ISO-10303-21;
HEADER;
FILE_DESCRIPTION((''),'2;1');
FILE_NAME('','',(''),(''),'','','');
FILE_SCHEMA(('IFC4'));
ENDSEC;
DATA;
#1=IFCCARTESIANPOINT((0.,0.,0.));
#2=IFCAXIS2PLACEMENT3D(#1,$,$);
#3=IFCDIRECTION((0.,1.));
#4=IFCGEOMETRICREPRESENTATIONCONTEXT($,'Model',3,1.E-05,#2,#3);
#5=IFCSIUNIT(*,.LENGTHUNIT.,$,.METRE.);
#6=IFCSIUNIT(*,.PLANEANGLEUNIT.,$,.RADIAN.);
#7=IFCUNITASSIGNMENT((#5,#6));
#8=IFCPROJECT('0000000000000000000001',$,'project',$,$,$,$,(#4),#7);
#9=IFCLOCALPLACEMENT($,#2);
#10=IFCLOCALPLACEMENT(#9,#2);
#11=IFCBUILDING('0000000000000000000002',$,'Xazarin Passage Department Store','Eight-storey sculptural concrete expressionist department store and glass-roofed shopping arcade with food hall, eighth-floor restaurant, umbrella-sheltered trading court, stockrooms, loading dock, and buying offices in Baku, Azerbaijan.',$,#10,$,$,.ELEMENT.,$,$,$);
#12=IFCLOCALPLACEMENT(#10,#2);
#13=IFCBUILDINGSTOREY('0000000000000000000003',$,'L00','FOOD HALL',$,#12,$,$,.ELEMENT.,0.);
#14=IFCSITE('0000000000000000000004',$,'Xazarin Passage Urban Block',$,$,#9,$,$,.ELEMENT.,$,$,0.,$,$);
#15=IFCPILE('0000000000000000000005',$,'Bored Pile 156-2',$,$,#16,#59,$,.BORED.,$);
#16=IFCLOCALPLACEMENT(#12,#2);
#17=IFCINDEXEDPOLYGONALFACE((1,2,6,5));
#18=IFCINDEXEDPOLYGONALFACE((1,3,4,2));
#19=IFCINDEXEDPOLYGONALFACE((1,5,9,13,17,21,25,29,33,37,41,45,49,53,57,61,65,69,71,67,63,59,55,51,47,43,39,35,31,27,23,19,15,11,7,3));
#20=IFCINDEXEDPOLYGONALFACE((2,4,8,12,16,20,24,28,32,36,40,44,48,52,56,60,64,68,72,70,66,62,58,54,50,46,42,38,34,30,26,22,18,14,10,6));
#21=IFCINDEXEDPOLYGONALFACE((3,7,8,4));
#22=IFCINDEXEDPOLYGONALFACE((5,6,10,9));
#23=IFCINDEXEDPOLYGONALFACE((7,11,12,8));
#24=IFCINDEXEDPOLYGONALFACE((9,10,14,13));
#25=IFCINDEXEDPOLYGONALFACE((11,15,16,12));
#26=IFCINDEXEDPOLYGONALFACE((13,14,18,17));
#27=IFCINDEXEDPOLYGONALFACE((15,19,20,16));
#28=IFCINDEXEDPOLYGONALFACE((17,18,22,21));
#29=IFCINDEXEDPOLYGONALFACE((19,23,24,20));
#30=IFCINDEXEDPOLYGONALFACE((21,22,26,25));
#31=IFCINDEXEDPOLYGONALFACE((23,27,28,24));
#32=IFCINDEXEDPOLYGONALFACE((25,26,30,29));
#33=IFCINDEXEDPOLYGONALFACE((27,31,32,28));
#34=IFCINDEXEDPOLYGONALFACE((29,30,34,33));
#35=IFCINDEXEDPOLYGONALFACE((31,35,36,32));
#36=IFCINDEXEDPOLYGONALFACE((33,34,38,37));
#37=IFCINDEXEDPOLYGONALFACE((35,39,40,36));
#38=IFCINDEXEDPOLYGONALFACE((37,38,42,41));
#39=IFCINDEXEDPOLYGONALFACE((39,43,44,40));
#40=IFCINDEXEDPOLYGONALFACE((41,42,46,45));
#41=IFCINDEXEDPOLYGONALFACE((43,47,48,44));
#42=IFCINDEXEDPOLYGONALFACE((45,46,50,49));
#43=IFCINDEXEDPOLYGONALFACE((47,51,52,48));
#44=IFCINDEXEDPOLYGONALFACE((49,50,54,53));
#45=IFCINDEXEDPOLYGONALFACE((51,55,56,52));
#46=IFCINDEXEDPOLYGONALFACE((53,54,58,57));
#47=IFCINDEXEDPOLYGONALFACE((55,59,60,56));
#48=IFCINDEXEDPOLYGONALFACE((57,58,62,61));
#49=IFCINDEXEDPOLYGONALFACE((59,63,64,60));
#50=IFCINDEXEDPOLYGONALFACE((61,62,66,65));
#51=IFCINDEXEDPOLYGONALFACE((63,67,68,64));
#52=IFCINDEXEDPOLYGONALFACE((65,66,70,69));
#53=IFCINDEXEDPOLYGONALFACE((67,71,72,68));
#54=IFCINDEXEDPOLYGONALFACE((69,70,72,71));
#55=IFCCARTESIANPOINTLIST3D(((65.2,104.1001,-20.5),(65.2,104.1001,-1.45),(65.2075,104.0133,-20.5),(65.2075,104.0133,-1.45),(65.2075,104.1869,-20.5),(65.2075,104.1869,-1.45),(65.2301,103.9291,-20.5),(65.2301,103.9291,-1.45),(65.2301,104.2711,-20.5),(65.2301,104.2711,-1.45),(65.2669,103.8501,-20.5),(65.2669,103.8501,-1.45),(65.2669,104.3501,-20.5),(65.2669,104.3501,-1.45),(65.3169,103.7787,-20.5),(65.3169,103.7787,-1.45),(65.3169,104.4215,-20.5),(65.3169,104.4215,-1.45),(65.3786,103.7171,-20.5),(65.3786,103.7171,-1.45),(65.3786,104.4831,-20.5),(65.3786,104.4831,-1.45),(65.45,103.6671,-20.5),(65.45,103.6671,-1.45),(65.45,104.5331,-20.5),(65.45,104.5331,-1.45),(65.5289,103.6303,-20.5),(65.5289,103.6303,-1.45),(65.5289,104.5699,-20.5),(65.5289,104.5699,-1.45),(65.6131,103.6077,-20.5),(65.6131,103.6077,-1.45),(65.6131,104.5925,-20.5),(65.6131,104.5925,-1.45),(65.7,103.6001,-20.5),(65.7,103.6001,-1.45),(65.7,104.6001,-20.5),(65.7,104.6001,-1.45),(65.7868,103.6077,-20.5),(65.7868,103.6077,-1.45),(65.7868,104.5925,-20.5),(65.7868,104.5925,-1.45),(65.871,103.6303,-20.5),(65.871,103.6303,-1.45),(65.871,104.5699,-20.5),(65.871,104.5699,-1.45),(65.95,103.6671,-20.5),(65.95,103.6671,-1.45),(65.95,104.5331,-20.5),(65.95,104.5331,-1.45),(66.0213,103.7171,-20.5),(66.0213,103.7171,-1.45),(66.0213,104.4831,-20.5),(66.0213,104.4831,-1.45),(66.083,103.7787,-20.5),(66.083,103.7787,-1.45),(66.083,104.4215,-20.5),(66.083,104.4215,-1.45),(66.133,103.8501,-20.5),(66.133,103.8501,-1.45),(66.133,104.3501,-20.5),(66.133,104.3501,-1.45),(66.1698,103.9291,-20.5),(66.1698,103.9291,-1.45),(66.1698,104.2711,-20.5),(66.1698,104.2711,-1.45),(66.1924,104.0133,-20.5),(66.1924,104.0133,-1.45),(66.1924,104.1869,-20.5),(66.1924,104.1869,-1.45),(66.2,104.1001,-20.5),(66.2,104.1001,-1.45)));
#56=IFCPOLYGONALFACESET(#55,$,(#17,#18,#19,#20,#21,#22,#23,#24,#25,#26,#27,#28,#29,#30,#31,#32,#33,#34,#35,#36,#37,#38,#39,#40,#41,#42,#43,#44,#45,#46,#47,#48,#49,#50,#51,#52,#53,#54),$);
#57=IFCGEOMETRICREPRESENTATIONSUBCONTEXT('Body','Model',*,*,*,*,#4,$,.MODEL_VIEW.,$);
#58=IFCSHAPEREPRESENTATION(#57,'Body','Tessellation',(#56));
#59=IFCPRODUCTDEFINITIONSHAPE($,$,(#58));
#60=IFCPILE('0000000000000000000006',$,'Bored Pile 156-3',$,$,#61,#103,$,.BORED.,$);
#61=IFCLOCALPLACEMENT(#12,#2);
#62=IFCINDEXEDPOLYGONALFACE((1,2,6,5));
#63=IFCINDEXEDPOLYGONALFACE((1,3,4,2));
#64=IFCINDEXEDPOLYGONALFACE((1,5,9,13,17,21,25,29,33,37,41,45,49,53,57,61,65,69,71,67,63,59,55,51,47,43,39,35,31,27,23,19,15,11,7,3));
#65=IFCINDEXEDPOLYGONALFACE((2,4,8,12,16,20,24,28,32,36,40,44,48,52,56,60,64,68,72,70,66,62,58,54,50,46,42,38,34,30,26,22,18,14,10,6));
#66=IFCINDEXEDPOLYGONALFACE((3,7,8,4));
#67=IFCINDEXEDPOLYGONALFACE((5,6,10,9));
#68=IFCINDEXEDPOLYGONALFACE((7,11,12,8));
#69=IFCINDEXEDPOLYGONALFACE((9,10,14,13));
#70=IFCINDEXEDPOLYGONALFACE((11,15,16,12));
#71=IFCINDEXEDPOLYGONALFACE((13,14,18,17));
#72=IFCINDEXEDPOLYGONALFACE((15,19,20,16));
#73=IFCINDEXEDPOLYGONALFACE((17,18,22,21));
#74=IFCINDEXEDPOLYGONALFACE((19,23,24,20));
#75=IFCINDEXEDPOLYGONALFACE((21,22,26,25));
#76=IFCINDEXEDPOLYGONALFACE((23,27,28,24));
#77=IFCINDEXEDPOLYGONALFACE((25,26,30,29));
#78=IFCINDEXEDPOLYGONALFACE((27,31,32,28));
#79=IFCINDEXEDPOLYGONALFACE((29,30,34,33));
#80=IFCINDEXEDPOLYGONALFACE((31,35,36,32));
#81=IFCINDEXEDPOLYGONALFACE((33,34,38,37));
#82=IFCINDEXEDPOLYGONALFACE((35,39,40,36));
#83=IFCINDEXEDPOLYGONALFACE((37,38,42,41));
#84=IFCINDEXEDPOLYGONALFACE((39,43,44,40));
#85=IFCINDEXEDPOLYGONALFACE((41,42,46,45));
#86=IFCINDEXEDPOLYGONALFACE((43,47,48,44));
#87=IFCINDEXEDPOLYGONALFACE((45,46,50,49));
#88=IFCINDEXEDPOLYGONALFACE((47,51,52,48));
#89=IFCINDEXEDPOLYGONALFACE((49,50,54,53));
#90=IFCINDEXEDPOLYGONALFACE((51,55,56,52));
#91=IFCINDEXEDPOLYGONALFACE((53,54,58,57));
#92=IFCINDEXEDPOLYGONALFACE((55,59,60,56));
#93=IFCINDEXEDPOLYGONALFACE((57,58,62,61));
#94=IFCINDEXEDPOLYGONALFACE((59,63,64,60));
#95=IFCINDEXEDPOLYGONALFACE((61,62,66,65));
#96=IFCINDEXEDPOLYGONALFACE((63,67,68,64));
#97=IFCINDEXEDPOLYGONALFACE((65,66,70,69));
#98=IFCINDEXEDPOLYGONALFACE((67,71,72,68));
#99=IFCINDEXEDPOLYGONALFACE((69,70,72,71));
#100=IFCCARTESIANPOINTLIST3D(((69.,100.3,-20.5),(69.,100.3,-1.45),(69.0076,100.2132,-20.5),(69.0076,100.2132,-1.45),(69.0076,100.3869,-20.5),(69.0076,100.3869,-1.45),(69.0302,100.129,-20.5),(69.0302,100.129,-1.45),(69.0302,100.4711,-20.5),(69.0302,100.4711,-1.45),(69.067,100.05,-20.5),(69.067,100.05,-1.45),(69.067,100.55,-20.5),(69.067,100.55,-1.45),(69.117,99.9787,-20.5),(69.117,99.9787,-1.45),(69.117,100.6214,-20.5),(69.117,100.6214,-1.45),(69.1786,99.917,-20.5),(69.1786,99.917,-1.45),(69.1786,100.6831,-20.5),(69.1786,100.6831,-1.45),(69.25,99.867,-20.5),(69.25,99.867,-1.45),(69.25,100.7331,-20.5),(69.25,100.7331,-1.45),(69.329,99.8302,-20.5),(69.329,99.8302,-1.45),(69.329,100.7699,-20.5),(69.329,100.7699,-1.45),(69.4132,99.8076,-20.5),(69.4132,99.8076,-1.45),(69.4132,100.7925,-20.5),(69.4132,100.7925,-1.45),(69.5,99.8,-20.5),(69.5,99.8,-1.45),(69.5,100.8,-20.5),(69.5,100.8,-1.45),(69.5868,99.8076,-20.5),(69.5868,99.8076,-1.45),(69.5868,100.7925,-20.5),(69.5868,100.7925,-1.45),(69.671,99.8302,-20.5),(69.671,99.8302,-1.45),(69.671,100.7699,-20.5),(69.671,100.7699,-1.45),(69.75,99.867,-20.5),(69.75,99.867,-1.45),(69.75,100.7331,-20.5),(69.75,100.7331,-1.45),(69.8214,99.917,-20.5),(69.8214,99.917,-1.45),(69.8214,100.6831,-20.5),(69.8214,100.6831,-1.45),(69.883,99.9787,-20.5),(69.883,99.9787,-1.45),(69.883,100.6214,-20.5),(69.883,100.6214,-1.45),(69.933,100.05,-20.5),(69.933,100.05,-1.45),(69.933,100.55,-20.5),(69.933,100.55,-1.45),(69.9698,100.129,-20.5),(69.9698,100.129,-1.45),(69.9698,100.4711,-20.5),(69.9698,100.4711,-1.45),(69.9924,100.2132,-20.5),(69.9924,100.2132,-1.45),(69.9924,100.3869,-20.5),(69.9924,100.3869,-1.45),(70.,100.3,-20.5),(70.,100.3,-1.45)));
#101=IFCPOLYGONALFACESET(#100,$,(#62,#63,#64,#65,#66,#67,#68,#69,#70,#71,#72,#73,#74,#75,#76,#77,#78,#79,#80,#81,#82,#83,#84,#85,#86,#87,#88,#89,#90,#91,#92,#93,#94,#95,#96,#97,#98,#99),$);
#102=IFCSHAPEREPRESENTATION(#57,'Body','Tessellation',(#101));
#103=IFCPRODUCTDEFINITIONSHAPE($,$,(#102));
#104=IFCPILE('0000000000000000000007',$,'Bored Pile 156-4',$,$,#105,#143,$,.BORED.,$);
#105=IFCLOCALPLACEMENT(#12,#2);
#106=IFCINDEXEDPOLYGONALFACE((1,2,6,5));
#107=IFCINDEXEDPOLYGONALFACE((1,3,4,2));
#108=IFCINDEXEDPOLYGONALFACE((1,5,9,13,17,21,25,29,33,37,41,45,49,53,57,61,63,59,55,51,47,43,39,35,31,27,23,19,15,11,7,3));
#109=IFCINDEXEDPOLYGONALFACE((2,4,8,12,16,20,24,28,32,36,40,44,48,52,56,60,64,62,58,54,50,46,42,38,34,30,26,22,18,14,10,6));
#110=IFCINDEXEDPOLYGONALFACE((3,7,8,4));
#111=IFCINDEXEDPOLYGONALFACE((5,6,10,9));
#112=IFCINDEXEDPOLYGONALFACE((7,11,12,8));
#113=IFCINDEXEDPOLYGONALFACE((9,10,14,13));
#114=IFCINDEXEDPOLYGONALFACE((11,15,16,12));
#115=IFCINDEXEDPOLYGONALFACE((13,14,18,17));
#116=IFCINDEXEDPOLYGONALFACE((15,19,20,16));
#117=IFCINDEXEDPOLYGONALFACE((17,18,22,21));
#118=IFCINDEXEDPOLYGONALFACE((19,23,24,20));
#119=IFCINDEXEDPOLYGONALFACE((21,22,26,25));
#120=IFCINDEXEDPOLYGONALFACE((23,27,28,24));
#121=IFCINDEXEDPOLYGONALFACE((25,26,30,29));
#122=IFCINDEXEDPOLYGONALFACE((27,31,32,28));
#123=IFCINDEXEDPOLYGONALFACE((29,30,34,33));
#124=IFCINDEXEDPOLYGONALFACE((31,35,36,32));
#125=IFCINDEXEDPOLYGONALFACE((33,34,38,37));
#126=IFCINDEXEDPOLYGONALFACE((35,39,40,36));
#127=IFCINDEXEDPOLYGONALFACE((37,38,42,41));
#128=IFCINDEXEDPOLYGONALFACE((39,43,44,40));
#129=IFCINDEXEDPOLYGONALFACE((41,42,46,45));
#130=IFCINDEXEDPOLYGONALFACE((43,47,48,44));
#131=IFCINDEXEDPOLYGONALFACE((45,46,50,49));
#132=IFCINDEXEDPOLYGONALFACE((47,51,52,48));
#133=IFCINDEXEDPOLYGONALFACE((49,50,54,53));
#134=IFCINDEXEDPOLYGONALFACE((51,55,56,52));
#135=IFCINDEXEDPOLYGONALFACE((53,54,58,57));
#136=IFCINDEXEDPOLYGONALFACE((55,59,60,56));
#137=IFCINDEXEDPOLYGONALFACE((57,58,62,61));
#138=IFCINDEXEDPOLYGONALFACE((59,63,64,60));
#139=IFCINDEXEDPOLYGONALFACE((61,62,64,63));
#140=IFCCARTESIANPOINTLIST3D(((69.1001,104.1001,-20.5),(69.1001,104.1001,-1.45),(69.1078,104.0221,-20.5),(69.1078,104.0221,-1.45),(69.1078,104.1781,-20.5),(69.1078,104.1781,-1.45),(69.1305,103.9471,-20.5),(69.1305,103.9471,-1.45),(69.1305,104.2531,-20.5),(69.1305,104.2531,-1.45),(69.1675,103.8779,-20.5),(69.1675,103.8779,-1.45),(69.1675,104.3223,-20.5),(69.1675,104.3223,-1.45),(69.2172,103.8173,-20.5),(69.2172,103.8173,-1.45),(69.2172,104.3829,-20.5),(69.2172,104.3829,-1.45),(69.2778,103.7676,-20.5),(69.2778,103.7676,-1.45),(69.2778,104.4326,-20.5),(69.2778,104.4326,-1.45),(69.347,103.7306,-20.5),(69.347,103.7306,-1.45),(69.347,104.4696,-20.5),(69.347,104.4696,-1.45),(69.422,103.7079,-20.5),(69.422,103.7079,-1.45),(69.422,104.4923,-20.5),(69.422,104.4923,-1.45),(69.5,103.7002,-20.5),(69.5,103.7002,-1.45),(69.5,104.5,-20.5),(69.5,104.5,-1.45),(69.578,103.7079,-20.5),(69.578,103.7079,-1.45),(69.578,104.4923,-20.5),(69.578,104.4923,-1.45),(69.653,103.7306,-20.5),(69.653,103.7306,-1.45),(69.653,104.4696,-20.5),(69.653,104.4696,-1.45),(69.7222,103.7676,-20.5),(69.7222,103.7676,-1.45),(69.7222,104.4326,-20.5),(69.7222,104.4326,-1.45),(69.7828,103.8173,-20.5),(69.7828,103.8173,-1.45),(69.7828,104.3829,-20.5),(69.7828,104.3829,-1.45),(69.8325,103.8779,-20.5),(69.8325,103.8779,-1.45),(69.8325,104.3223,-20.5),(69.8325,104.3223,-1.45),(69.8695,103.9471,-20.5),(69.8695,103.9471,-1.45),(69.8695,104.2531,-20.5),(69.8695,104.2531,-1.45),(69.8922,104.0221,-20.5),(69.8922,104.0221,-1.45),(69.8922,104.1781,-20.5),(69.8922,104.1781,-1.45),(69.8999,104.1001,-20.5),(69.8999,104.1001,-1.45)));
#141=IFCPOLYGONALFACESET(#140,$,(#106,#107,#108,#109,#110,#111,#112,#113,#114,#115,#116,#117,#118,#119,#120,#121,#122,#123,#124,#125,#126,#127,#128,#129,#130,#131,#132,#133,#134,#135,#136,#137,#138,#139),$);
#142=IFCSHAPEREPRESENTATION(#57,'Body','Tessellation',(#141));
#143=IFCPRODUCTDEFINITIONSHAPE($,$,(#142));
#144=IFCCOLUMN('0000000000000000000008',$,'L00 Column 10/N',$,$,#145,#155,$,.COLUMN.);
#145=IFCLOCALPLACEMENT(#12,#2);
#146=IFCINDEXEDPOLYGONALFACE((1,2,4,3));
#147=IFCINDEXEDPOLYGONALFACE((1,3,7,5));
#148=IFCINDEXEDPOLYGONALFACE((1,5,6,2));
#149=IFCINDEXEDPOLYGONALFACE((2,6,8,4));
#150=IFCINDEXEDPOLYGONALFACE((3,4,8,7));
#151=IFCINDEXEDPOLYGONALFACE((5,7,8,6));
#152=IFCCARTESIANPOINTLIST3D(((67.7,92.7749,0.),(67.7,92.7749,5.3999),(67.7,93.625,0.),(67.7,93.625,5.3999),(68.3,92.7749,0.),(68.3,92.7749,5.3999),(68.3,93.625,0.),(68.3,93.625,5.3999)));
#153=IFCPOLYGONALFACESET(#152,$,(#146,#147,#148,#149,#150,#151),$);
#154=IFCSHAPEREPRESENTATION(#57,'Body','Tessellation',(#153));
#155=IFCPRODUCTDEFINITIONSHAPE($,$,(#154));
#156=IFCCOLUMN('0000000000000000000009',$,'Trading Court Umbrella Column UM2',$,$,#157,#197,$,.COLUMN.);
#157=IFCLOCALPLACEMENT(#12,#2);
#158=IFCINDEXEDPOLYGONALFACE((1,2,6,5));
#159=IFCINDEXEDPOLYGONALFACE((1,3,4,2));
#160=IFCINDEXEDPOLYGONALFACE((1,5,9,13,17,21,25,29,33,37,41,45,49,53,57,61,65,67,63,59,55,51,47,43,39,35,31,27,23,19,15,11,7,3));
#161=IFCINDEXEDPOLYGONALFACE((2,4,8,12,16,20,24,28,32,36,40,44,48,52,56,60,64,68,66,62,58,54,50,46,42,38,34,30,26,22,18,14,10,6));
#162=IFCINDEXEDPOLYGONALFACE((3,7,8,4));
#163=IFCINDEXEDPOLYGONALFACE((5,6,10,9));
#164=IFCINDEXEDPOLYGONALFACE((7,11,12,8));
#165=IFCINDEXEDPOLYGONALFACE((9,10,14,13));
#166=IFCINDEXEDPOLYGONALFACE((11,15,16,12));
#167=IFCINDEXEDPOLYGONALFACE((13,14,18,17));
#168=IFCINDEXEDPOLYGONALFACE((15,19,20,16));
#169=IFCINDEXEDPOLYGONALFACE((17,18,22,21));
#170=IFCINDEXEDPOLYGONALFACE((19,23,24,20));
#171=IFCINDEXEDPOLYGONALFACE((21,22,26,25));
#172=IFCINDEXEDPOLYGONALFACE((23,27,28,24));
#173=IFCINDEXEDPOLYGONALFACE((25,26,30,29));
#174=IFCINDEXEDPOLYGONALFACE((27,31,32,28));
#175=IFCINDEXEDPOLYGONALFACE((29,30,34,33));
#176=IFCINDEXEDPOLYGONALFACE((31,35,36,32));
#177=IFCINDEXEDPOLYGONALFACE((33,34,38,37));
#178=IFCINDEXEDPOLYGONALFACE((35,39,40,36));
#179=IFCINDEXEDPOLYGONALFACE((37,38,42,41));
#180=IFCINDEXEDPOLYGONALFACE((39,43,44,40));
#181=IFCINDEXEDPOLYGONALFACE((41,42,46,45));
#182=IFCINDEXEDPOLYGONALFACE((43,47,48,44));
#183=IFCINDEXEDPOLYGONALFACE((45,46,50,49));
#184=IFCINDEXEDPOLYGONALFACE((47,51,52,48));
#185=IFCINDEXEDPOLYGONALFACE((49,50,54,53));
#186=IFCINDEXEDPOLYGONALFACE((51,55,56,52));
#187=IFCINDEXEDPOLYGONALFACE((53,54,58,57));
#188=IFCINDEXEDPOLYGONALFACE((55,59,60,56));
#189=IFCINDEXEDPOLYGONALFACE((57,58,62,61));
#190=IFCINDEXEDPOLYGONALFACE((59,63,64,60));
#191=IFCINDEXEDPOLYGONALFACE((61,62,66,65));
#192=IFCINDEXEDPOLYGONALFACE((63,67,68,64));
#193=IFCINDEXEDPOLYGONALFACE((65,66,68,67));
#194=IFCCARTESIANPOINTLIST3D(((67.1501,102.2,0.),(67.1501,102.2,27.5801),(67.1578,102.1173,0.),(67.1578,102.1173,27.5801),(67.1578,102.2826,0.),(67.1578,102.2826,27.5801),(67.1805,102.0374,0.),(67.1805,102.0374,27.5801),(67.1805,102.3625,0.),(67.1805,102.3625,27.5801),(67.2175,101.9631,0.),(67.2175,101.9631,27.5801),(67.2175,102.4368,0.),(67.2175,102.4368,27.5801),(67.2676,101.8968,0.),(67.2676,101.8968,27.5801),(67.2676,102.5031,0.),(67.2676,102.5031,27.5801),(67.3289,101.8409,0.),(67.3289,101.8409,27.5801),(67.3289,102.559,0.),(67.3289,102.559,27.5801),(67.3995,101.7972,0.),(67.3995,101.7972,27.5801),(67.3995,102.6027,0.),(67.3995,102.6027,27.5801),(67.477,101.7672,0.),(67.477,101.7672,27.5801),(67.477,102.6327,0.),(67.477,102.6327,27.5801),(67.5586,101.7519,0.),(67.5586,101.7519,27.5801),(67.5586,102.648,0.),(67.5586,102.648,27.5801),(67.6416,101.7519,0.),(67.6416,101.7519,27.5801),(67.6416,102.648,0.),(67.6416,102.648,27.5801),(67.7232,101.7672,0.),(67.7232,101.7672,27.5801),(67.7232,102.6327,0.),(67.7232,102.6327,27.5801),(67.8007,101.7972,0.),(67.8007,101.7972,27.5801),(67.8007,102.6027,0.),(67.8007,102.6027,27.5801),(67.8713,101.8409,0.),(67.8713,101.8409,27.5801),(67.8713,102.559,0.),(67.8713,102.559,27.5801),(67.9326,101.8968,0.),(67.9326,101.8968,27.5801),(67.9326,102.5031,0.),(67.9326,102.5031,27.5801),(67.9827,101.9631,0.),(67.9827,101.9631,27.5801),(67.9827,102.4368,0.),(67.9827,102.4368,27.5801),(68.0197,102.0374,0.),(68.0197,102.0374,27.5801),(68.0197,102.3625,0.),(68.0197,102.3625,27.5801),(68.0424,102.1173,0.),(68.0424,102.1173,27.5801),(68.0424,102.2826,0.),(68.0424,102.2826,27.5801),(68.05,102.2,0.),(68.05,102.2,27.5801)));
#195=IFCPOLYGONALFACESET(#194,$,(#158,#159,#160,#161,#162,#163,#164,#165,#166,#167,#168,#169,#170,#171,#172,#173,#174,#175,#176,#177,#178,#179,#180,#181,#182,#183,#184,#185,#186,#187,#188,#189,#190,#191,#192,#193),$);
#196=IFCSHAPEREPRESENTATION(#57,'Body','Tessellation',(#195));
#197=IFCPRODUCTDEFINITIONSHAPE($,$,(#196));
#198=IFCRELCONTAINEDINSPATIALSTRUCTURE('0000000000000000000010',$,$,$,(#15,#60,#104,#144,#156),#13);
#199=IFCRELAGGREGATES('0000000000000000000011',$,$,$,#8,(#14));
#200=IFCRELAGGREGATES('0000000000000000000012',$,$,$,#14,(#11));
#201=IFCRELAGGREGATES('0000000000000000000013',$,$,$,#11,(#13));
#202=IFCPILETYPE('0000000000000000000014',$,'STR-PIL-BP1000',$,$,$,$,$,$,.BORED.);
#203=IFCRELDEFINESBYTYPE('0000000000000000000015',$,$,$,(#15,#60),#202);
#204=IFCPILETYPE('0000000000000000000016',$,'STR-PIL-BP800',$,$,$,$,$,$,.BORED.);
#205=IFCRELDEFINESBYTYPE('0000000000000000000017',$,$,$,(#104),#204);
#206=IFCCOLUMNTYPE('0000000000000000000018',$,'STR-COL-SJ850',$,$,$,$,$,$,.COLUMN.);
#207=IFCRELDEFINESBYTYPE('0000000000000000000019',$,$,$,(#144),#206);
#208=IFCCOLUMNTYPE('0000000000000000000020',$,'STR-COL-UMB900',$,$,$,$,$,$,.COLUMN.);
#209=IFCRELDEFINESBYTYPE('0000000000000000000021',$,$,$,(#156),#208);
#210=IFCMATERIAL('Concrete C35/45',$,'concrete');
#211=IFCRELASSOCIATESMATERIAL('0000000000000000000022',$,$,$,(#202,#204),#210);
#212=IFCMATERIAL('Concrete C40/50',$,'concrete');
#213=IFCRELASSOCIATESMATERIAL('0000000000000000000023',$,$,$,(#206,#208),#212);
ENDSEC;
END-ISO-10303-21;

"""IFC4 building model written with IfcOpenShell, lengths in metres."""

from ifc_helpers import new_model, si_unit, direction, frame, origin, origin_2d, place, context, subcontext, project, spatial, rectangle, circle, extrude, material, material_profile, profile_set, type_object, element, save


model = new_model("IFC4")

# Units and contexts
model_context = context("Model", 3, precision=1e-05, world=origin(), true_north=direction((0.0, 1.0)))
body_context = subcontext(model_context, "Body", "Model", "MODEL_VIEW")
ifc_project = project(units=[si_unit("LENGTHUNIT", "METRE"), si_unit("PLANEANGLEUNIT", "RADIAN")], contexts=[model_context])

# Site, building, storey
site_placement = place(None, origin())
site = spatial("IfcSite", under=ifc_project, at=site_placement, Name="Xazarin Passage Urban Block", CompositionType="ELEMENT", RefElevation=0.0)
building_placement = place(site_placement, origin())
building = spatial("IfcBuilding", under=site, at=building_placement, Name="Xazarin Passage Department Store", Description="Eight-storey sculptural concrete expressionist department store and glass-roofed shopping arcade with food hall, eighth-floor restaurant, umbrella-sheltered trading court, stockrooms, loading dock, and buying offices in Baku, Azerbaijan.", CompositionType="ELEMENT")
storey_placement = place(building_placement, origin())
storey = spatial("IfcBuildingStorey", under=building, at=storey_placement, Name="L00", Description="FOOD HALL", CompositionType="ELEMENT", Elevation=0.0)

# Shared definitions
ifc_material_1 = material(Name="Concrete C35/45", Category="concrete")

# Piles
ifc_material_profile_1 = material_profile(ifc_material_1, circle(Radius=0.5, at=origin_2d()), Name="BP 1000")
ifc_profile_set_1 = profile_set([ifc_material_profile_1], Name="Concrete C35/45")
pile_type_1 = type_object("IfcPileType", Name="STR-PIL-BP1000", PredefinedType="BORED", material=ifc_profile_set_1)
for number, where, z_axis, x_axis, name in (
    (1, (65.7, 104.1001, -1.45), (0.0, 0.0, -1.0), (1.0, 0.0, 0.0), "Bored Pile 156-2"),
    (2, (69.5, 100.3, -1.45), (0.0, 0.0, -1.0), (1.0, 0.0, 0.0), "Bored Pile 156-3"),
):
    element("IfcPile", number, at=place(storey_placement, frame(where, z_axis=z_axis, x_axis=x_axis)), inside=storey, type_object=pile_type_1, Name=name, PredefinedType="BORED", context=body_context, shape_type="SweptSolid", body=[
        extrude(circle(Radius=0.5, at=origin_2d()), origin(), (0.0, 0.0, 1.0), 19.05),
    ])
ifc_material_profile_2 = material_profile(ifc_material_1, circle(Radius=0.3999, at=origin_2d()), Name="BP 800")
ifc_profile_set_2 = profile_set([ifc_material_profile_2], Name="Concrete C35/45")
pile_type_2 = type_object("IfcPileType", Name="STR-PIL-BP800", PredefinedType="BORED", material=ifc_profile_set_2)
pile_1_placement = place(storey_placement, frame((69.5, 104.1001, -1.45), z_axis=(0.0, 0.0, -1.0), x_axis=(1.0, 0.0, 0.0)))
element("IfcPile", 3, at=pile_1_placement, inside=storey, type_object=pile_type_2, Name="Bored Pile 156-4", PredefinedType="BORED", context=body_context, shape_type="SweptSolid", body=[
    extrude(circle(Radius=0.3999, at=origin_2d()), origin(), (0.0, 0.0, 1.0), 19.05),
])

# Columns
ifc_material_2 = material(Name="Concrete C40/50", Category="concrete")
ifc_material_profile_3 = material_profile(ifc_material_2, rectangle(XDim=0.6001, YDim=0.8501, at=origin_2d()), Name="RC 600x850")
ifc_profile_set_3 = profile_set([ifc_material_profile_3], Name="Concrete C40/50")
column_type_1 = type_object("IfcColumnType", Name="STR-COL-SJ850", PredefinedType="COLUMN", material=ifc_profile_set_3)
column_1_placement = place(storey_placement, frame((68.0, 93.2, 0.0), z_axis=(0.0, 0.0, 1.0), x_axis=(1.0, 0.0, 0.0)))
element("IfcColumn", 4, at=column_1_placement, inside=storey, type_object=column_type_1, Name="L00 Column 10/N", PredefinedType="COLUMN", context=body_context, shape_type="SweptSolid", body=[
    extrude(rectangle(XDim=0.6001, YDim=0.8501, at=origin_2d()), origin(), (0.0, 0.0, 1.0), 5.3999),
])
ifc_material_profile_4 = material_profile(ifc_material_2, circle(Radius=0.45, at=origin_2d()), Name="RCD 900")
ifc_profile_set_4 = profile_set([ifc_material_profile_4], Name="Concrete C40/50")
column_type_2 = type_object("IfcColumnType", Name="STR-COL-UMB900", PredefinedType="COLUMN", material=ifc_profile_set_4)
column_2_placement = place(storey_placement, frame((67.6001, 102.2, 0.0), z_axis=(0.0, 0.0, 1.0), x_axis=(1.0, 0.0, 0.0)))
element("IfcColumn", 5, at=column_2_placement, inside=storey, type_object=column_type_2, Name="Trading Court Umbrella Column UM2", PredefinedType="COLUMN", context=body_context, shape_type="SweptSolid", body=[
    extrude(circle(Radius=0.45, at=origin_2d()), origin(), (0.0, 0.0, 1.0), 27.5801),
])

save(model, "model.ifc")
